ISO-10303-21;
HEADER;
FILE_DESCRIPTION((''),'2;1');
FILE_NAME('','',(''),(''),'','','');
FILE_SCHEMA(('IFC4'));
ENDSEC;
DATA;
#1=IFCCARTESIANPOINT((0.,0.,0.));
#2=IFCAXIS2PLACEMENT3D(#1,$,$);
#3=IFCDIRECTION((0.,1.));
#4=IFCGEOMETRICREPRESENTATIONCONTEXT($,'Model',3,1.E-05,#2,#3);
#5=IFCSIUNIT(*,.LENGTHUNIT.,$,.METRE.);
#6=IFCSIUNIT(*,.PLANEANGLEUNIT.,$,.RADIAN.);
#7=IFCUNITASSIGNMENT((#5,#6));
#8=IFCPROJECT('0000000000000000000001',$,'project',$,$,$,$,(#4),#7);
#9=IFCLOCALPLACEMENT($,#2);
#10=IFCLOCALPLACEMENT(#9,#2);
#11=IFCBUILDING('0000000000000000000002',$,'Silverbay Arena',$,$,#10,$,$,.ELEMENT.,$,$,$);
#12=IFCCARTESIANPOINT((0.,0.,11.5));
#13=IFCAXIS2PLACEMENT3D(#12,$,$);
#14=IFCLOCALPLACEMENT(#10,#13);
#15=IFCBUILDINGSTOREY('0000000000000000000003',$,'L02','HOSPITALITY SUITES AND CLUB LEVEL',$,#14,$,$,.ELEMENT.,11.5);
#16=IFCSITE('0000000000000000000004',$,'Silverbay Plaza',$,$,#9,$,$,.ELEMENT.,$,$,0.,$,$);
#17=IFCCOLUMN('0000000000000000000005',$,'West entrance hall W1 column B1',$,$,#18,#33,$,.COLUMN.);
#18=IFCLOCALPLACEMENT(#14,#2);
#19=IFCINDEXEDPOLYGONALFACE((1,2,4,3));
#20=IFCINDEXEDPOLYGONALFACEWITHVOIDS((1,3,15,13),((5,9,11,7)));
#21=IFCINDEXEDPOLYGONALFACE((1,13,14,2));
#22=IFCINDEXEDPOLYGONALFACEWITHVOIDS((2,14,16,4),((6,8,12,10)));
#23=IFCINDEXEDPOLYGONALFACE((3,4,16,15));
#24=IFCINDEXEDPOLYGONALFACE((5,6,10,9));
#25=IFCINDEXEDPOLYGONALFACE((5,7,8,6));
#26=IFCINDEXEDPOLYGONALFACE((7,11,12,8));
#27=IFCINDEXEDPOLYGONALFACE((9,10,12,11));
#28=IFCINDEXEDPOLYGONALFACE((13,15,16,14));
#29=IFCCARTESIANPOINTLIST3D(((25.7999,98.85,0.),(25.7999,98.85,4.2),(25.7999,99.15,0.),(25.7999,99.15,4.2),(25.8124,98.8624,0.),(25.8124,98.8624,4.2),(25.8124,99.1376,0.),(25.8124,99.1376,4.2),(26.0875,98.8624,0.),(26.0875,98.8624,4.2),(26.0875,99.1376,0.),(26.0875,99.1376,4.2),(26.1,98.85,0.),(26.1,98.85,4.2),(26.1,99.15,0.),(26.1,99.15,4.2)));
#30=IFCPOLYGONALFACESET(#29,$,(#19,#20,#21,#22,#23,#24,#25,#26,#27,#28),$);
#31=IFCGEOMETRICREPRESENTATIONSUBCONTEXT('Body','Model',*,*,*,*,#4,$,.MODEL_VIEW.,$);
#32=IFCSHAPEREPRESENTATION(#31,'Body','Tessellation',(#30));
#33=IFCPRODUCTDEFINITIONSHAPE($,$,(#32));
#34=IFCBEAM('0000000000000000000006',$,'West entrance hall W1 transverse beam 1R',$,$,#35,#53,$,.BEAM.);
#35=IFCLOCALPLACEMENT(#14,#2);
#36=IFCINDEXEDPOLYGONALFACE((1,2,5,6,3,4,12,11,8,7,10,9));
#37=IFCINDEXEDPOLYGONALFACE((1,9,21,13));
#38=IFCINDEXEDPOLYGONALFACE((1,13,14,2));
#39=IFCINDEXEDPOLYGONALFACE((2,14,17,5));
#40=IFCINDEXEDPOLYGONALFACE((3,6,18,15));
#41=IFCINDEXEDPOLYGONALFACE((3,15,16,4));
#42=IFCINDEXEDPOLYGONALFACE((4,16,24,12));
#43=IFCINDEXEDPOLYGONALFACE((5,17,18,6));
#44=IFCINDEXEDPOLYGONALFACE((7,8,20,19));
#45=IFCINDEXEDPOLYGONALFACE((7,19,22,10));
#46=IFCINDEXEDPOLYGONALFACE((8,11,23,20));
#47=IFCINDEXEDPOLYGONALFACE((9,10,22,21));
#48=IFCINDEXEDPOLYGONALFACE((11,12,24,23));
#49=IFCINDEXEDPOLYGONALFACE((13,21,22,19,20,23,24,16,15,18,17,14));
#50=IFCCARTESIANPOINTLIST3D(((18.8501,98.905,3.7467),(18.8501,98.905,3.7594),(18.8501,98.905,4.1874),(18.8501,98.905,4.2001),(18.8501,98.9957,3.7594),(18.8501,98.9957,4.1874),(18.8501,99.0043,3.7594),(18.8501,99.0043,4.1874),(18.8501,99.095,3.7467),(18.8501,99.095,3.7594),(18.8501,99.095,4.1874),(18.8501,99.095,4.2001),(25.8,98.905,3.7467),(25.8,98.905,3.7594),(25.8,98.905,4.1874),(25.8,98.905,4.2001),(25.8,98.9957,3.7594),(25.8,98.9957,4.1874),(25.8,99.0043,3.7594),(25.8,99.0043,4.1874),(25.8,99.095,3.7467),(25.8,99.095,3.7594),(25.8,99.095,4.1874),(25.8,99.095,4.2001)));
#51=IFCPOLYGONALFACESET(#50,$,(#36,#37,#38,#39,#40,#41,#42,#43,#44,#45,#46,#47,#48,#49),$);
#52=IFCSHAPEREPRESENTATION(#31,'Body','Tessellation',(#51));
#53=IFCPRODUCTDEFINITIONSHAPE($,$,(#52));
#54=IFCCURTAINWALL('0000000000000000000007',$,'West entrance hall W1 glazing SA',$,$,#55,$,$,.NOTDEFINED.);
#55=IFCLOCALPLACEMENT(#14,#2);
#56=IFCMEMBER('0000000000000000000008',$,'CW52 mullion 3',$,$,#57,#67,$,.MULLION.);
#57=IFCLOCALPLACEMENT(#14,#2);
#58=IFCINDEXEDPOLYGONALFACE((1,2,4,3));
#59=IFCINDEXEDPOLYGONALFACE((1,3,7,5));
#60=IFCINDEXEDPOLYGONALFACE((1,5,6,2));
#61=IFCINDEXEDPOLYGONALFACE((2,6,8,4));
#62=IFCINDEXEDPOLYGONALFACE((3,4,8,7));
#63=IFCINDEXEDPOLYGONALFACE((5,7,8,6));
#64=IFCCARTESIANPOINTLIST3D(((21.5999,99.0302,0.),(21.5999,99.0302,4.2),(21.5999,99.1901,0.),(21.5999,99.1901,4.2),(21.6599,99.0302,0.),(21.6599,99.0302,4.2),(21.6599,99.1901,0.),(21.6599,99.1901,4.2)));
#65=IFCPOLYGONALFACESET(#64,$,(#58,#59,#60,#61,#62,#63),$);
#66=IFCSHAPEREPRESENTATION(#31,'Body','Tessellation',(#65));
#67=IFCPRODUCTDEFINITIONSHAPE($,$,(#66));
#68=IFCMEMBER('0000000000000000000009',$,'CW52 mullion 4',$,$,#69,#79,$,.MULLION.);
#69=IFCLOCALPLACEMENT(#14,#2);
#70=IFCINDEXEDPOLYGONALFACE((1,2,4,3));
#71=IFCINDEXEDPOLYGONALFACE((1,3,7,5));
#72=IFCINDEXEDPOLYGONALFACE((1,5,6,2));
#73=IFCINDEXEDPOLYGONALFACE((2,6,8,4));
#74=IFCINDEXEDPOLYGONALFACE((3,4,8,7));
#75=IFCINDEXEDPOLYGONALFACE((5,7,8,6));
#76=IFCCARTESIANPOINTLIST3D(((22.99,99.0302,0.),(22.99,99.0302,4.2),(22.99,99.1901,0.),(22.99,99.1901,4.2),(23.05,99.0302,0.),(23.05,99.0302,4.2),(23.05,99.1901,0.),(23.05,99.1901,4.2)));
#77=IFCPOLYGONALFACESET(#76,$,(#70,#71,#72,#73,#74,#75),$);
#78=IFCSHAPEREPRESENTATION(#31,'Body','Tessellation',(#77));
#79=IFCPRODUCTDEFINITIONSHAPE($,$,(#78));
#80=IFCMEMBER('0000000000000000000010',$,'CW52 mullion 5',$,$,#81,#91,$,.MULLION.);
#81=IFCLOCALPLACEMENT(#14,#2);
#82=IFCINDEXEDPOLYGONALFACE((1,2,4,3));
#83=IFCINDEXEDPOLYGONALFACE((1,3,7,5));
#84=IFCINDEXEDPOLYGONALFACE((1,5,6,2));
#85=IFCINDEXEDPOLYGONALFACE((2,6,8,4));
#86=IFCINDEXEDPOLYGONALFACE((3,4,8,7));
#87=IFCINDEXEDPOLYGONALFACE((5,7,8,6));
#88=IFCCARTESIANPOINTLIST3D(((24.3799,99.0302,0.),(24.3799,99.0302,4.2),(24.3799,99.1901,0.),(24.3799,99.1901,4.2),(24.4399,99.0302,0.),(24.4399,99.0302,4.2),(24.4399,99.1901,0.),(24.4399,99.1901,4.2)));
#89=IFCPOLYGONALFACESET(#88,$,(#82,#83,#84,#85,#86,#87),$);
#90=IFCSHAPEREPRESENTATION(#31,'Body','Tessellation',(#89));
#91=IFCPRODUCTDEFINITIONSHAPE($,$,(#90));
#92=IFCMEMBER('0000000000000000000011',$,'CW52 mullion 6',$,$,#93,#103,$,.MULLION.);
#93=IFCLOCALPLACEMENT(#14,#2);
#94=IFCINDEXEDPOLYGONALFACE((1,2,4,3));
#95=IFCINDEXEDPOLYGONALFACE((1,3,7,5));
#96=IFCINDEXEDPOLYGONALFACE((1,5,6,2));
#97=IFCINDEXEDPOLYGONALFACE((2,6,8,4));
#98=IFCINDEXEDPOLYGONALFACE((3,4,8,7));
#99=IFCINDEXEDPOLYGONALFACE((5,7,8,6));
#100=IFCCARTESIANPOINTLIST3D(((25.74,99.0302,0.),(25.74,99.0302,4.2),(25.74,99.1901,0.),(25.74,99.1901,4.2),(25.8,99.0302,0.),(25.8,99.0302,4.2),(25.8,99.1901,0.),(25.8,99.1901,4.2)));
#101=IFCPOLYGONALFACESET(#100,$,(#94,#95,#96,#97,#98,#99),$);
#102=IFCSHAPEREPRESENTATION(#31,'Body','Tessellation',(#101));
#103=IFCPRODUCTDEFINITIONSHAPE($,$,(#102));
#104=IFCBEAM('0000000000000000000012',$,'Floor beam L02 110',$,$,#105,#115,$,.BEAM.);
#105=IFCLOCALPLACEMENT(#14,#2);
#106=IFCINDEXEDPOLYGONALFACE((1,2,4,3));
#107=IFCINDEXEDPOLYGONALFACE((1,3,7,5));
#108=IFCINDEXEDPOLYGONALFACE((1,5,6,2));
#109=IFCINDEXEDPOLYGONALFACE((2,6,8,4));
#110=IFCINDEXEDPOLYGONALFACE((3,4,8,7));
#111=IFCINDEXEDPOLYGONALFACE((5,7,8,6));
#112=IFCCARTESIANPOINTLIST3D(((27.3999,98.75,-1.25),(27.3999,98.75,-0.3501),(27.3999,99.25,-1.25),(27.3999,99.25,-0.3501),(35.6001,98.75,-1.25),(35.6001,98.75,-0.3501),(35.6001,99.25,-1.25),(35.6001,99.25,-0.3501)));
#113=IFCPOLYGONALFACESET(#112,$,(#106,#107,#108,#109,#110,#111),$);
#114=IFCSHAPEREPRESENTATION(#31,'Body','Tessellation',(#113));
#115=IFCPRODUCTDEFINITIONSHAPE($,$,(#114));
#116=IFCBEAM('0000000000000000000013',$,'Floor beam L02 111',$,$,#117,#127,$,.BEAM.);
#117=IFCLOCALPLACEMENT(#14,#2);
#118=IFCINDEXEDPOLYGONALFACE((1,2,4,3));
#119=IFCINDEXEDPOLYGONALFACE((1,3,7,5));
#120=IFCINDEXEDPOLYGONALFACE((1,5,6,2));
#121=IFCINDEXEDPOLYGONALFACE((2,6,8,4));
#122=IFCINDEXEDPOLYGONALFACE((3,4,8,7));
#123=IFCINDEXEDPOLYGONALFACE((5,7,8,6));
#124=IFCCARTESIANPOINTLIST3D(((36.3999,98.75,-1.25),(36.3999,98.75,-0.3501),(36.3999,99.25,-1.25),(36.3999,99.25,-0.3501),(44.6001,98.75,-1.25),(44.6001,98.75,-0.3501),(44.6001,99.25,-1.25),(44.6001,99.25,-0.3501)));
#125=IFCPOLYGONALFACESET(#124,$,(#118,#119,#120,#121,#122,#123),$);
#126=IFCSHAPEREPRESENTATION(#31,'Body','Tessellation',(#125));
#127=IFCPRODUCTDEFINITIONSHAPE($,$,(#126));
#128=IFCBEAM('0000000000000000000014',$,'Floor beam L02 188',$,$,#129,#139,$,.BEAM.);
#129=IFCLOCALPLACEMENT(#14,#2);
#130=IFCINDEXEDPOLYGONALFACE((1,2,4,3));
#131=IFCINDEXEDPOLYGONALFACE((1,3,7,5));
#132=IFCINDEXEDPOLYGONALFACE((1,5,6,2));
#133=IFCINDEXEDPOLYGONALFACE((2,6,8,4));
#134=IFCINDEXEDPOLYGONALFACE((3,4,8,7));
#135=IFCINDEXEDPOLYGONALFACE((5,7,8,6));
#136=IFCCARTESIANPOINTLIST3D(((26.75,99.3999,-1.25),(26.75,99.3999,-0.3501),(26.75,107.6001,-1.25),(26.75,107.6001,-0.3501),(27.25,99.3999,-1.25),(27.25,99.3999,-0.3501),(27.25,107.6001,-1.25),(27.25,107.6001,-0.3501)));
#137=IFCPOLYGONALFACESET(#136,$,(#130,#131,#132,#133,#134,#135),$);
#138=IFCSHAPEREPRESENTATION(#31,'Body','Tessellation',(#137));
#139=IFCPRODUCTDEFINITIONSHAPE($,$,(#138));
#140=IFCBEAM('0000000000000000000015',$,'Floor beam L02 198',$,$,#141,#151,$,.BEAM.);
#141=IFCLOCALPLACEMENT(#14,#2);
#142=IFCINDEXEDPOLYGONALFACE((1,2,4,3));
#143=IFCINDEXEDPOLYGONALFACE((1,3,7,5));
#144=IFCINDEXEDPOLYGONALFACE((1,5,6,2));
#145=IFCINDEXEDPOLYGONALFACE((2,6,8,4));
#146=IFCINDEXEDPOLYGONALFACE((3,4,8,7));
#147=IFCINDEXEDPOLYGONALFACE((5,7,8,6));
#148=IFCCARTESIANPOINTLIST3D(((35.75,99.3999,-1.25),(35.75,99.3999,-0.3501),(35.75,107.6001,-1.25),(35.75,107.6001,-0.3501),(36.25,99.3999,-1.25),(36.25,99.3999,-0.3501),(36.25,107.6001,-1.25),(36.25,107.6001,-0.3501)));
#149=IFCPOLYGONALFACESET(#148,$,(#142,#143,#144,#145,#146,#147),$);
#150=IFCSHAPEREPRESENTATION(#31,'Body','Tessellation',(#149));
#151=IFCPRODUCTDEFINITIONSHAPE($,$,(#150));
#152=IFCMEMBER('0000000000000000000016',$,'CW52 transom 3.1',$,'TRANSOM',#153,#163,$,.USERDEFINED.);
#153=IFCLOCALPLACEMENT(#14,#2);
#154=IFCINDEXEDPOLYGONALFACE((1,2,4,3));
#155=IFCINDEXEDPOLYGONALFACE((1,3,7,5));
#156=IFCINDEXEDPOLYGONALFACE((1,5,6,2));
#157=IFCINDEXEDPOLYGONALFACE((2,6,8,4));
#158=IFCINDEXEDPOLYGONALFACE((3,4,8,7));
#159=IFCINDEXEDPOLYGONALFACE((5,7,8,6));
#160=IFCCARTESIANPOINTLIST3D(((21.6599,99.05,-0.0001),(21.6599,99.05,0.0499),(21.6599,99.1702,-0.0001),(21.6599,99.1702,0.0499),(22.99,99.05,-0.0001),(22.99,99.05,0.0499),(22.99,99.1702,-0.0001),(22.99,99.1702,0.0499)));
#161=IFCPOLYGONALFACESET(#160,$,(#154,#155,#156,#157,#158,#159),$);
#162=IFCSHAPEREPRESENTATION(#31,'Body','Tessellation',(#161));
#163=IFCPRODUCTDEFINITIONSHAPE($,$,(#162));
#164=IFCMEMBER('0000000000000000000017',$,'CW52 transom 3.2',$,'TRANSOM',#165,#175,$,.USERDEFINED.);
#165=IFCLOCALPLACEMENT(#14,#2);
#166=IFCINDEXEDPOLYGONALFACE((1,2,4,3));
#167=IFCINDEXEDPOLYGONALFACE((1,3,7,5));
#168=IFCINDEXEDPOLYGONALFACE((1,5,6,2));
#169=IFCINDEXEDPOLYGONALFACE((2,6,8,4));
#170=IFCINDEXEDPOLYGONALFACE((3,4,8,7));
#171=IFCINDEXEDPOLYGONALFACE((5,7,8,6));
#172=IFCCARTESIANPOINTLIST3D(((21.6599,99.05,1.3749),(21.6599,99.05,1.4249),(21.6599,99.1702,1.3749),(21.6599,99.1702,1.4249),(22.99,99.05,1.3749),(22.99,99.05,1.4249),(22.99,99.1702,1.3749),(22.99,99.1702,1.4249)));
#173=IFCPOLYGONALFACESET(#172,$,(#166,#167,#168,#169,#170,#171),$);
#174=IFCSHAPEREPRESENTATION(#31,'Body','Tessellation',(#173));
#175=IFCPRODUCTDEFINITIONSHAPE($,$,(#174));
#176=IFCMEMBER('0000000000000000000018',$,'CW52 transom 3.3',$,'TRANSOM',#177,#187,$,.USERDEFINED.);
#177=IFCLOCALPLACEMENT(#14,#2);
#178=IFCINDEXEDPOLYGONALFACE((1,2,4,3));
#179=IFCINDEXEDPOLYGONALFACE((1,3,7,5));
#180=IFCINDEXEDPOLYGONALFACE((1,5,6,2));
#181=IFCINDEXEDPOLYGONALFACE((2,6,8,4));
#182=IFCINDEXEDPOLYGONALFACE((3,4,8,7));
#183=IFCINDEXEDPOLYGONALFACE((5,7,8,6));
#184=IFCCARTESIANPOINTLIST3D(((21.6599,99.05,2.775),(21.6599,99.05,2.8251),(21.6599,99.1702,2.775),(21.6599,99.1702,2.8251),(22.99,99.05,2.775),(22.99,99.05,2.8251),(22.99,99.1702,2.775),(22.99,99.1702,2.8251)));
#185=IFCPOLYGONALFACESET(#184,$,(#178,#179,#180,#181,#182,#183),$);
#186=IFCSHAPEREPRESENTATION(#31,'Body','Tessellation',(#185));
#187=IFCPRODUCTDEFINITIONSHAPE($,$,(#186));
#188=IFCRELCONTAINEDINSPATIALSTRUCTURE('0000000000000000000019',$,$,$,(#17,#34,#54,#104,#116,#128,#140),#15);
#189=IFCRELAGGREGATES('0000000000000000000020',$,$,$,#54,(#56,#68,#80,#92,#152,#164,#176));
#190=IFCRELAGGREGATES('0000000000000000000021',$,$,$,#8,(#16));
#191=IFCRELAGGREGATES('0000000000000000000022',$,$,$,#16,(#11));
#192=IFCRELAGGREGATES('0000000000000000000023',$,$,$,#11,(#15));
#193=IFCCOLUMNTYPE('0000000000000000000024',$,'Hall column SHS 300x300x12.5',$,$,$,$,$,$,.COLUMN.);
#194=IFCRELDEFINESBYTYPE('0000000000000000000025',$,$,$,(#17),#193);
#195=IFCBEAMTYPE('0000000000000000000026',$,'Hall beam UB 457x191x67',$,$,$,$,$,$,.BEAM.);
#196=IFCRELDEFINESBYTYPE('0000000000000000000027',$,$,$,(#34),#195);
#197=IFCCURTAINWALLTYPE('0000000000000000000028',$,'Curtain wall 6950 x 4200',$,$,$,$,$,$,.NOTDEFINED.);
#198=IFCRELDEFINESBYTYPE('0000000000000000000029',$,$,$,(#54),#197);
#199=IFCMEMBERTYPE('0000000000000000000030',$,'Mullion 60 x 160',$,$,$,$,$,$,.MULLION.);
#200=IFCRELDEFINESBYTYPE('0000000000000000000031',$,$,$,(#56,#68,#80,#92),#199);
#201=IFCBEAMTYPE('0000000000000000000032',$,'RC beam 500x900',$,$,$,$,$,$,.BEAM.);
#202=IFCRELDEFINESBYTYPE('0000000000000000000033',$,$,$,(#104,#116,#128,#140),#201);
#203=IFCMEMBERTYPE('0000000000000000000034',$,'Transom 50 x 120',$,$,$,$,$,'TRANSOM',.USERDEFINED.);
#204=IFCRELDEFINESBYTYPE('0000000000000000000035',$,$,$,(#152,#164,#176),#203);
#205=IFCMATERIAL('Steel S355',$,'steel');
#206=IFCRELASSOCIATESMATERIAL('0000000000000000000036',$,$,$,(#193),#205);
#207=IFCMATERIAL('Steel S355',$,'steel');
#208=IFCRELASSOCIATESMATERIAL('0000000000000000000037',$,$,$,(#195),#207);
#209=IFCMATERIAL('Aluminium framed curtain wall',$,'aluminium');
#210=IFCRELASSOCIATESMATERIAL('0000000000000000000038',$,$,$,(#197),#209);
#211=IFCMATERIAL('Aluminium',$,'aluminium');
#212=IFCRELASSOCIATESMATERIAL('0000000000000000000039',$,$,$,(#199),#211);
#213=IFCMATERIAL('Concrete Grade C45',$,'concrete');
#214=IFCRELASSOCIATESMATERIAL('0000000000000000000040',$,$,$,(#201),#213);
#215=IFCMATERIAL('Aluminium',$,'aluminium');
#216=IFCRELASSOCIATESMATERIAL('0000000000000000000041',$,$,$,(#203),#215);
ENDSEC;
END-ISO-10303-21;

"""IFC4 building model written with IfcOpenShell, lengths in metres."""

from ifc_helpers import new_model, si_unit, direction, frame, origin, origin_2d, place, context, subcontext, project, spatial, rectangle, hollow_rectangle, i_section, extrude, material, material_profile, profile_set, type_object, element, aggregate, save


model = new_model("IFC4")

# Units and contexts
model_context = context("Model", 3, precision=1e-05, world=origin(), true_north=direction((0.0, 1.0)))
body_context = subcontext(model_context, "Body", "Model", "MODEL_VIEW")
ifc_project = project(units=[si_unit("LENGTHUNIT", "METRE"), si_unit("PLANEANGLEUNIT", "RADIAN")], contexts=[model_context])

# Site, building, storey
site_placement = place(None, origin())
site = spatial("IfcSite", under=ifc_project, at=site_placement, Name="Silverbay Plaza", CompositionType="ELEMENT", RefElevation=0.0)
building_placement = place(site_placement, origin())
building = spatial("IfcBuilding", under=site, at=building_placement, Name="Silverbay Arena", CompositionType="ELEMENT")
storey_placement = place(building_placement, frame((0.0, 0.0, 11.5)))
storey = spatial("IfcBuildingStorey", under=building, at=storey_placement, Name="L02", Description="HOSPITALITY SUITES AND CLUB LEVEL", CompositionType="ELEMENT", Elevation=11.5)

# Column
ifc_material_1 = material(Name="Steel S355", Category="steel")
ifc_material_profile_1 = material_profile(ifc_material_1, hollow_rectangle(XDim=0.3, YDim=0.3, WallThickness=0.0125, at=origin_2d()), Name="SHS 300x300x12.5")
ifc_profile_set_1 = profile_set([ifc_material_profile_1], Name="Steel S355")
column_type = type_object("IfcColumnType", Name="Hall column SHS 300x300x12.5", PredefinedType="COLUMN", material=ifc_profile_set_1)
column_placement = place(storey_placement, frame((25.95, 99.0, 0.0), z_axis=(0.0, 0.0, 1.0), x_axis=(1.0, 0.0, 0.0)))
element("IfcColumn", 1, at=column_placement, inside=storey, type_object=column_type, Name="West entrance hall W1 column B1", PredefinedType="COLUMN", context=body_context, shape_type="SweptSolid", body=[
    extrude(hollow_rectangle(XDim=0.3, YDim=0.3, WallThickness=0.0125, at=origin_2d()), origin(), (0.0, 0.0, 1.0), 4.2),
])

# Beam
ifc_material_2 = material(Name="Steel S355", Category="steel")
ifc_material_profile_2 = material_profile(ifc_material_2, i_section(OverallWidth=0.1899, OverallDepth=0.4534, WebThickness=0.0085, FlangeThickness=0.0127, at=origin_2d()), Name="UB 457x191x67")
ifc_profile_set_2 = profile_set([ifc_material_profile_2], Name="Steel S355")
beam_type_1 = type_object("IfcBeamType", Name="Hall beam UB 457x191x67", PredefinedType="BEAM", material=ifc_profile_set_2)
beam_placement = place(storey_placement, frame((25.8, 99.0, 3.9734), z_axis=(-1.0, 0.0, 0.0), x_axis=(0.0, -1.0, 0.0)))
element("IfcBeam", 2, at=beam_placement, inside=storey, type_object=beam_type_1, Name="West entrance hall W1 transverse beam 1R", PredefinedType="BEAM", context=body_context, shape_type="SweptSolid", body=[
    extrude(i_section(OverallWidth=0.1899, OverallDepth=0.4534, WebThickness=0.0085, FlangeThickness=0.0127, at=origin_2d()), origin(), (0.0, 0.0, 1.0), 6.95),
])

# Curtain wall, members
ifc_material_3 = material(Name="Aluminium framed curtain wall", Category="aluminium")
curtain_wall_type = type_object("IfcCurtainWallType", Name="Curtain wall 6950 x 4200", PredefinedType="NOTDEFINED", material=ifc_material_3)
curtain_wall_placement = place(storey_placement, origin())
curtain_wall = element("IfcCurtainWall", 3, at=curtain_wall_placement, inside=storey, type_object=curtain_wall_type, Name="West entrance hall W1 glazing SA", PredefinedType="NOTDEFINED")
ifc_material_4 = material(Name="Aluminium", Category="aluminium")
ifc_material_profile_3 = material_profile(ifc_material_4, rectangle(XDim=0.1599, YDim=0.0601, at=origin_2d()), Name="Mullion 60 x 160")
ifc_profile_set_3 = profile_set([ifc_material_profile_3], Name="Aluminium")
member_type_1 = type_object("IfcMemberType", Name="Mullion 60 x 160", PredefinedType="MULLION", material=ifc_profile_set_3)
member_1_placement = place(storey_placement, frame((21.6299, 99.1101, 0.0), z_axis=(0.0, 0.0, 1.0), x_axis=(0.0, 1.0, 0.0)))
member_1 = element("IfcMember", 4, at=member_1_placement, type_object=member_type_1, Name="CW52 mullion 3", PredefinedType="MULLION", context=body_context, shape_type="SweptSolid", body=[
    extrude(rectangle(XDim=0.1599, YDim=0.0601, at=origin_2d()), origin(), (0.0, 0.0, 1.0), 4.2),
])
member_2_placement = place(storey_placement, frame((23.02, 99.1101, 0.0), z_axis=(0.0, 0.0, 1.0), x_axis=(0.0, 1.0, 0.0)))
member_2 = element("IfcMember", 5, at=member_2_placement, type_object=member_type_1, Name="CW52 mullion 4", PredefinedType="MULLION", context=body_context, shape_type="SweptSolid", body=[
    extrude(rectangle(XDim=0.1599, YDim=0.0601, at=origin_2d()), origin(), (0.0, 0.0, 1.0), 4.2),
])
member_3_placement = place(storey_placement, frame((24.4099, 99.1101, 0.0), z_axis=(0.0, 0.0, 1.0), x_axis=(0.0, 1.0, 0.0)))
member_3 = element("IfcMember", 6, at=member_3_placement, type_object=member_type_1, Name="CW52 mullion 5", PredefinedType="MULLION", context=body_context, shape_type="SweptSolid", body=[
    extrude(rectangle(XDim=0.1599, YDim=0.0601, at=origin_2d()), origin(), (0.0, 0.0, 1.0), 4.2),
])
member_4_placement = place(storey_placement, frame((25.77, 99.1101, 0.0), z_axis=(0.0, 0.0, 1.0), x_axis=(0.0, 1.0, 0.0)))
member_4 = element("IfcMember", 7, at=member_4_placement, type_object=member_type_1, Name="CW52 mullion 6", PredefinedType="MULLION", context=body_context, shape_type="SweptSolid", body=[
    extrude(rectangle(XDim=0.1599, YDim=0.0601, at=origin_2d()), origin(), (0.0, 0.0, 1.0), 4.2),
])

# Beams
ifc_material_5 = material(Name="Concrete Grade C45", Category="concrete")
ifc_material_profile_4 = material_profile(ifc_material_5, rectangle(XDim=0.5, YDim=0.8999, at=origin_2d()), Name="RC 500x900")
ifc_profile_set_4 = profile_set([ifc_material_profile_4], Name="Concrete Grade C45")
beam_type_2 = type_object("IfcBeamType", Name="RC beam 500x900", PredefinedType="BEAM", material=ifc_profile_set_4)
for number, where, z_axis, x_axis, name in (
    (8, (27.3999, 99.0, -0.8), (1.0, 0.0, 0.0), (0.0, 1.0, 0.0), "Floor beam L02 110"),
    (9, (36.3999, 99.0, -0.8), (1.0, 0.0, 0.0), (0.0, 1.0, 0.0), "Floor beam L02 111"),
    (10, (27.0, 99.3999, -0.8), (0.0, 1.0, 0.0), (-1.0, 0.0, 0.0), "Floor beam L02 188"),
    (11, (36.0, 99.3999, -0.8), (0.0, 1.0, 0.0), (-1.0, 0.0, 0.0), "Floor beam L02 198"),
):
    element("IfcBeam", number, at=place(storey_placement, frame(where, z_axis=z_axis, x_axis=x_axis)), inside=storey, type_object=beam_type_2, Name=name, PredefinedType="BEAM", context=body_context, shape_type="SweptSolid", body=[
        extrude(rectangle(XDim=0.5, YDim=0.8999, at=origin_2d()), origin(), (0.0, 0.0, 1.0), 8.2002),
    ])

# Members
ifc_material_6 = material(Name="Aluminium", Category="aluminium")
ifc_material_profile_5 = material_profile(ifc_material_6, rectangle(XDim=0.1201, YDim=0.05, at=origin_2d()), Name="Transom 50 x 120")
ifc_profile_set_5 = profile_set([ifc_material_profile_5], Name="Aluminium")
member_type_2 = type_object("IfcMemberType", Name="Transom 50 x 120", ElementType="TRANSOM", PredefinedType="USERDEFINED", material=ifc_profile_set_5)
member_5_placement = place(storey_placement, frame((21.6599, 99.1101, 0.0249), z_axis=(1.0, 0.0, 0.0), x_axis=(0.0, 1.0, 0.0)))
member_5 = element("IfcMember", 12, at=member_5_placement, type_object=member_type_2, Name="CW52 transom 3.1", ObjectType="TRANSOM", PredefinedType="USERDEFINED", context=body_context, shape_type="SweptSolid", body=[
    extrude(rectangle(XDim=0.1201, YDim=0.05, at=origin_2d()), origin(), (0.0, 0.0, 1.0), 1.3301),
])
member_6_placement = place(storey_placement, frame((21.6599, 99.1101, 1.3999), z_axis=(1.0, 0.0, 0.0), x_axis=(0.0, 1.0, 0.0)))
member_6 = element("IfcMember", 13, at=member_6_placement, type_object=member_type_2, Name="CW52 transom 3.2", ObjectType="TRANSOM", PredefinedType="USERDEFINED", context=body_context, shape_type="SweptSolid", body=[
    extrude(rectangle(XDim=0.1201, YDim=0.05, at=origin_2d()), origin(), (0.0, 0.0, 1.0), 1.3301),
])
member_7_placement = place(storey_placement, frame((21.6599, 99.1101, 2.8), z_axis=(1.0, 0.0, 0.0), x_axis=(0.0, 1.0, 0.0)))
member_7 = element("IfcMember", 14, at=member_7_placement, type_object=member_type_2, Name="CW52 transom 3.3", ObjectType="TRANSOM", PredefinedType="USERDEFINED", context=body_context, shape_type="SweptSolid", body=[
    extrude(rectangle(XDim=0.1201, YDim=0.05, at=origin_2d()), origin(), (0.0, 0.0, 1.0), 1.3301),
])

aggregate(curtain_wall, [member_1, member_2, member_3, member_4, member_5, member_6, member_7])

save(model, "model.ifc")
